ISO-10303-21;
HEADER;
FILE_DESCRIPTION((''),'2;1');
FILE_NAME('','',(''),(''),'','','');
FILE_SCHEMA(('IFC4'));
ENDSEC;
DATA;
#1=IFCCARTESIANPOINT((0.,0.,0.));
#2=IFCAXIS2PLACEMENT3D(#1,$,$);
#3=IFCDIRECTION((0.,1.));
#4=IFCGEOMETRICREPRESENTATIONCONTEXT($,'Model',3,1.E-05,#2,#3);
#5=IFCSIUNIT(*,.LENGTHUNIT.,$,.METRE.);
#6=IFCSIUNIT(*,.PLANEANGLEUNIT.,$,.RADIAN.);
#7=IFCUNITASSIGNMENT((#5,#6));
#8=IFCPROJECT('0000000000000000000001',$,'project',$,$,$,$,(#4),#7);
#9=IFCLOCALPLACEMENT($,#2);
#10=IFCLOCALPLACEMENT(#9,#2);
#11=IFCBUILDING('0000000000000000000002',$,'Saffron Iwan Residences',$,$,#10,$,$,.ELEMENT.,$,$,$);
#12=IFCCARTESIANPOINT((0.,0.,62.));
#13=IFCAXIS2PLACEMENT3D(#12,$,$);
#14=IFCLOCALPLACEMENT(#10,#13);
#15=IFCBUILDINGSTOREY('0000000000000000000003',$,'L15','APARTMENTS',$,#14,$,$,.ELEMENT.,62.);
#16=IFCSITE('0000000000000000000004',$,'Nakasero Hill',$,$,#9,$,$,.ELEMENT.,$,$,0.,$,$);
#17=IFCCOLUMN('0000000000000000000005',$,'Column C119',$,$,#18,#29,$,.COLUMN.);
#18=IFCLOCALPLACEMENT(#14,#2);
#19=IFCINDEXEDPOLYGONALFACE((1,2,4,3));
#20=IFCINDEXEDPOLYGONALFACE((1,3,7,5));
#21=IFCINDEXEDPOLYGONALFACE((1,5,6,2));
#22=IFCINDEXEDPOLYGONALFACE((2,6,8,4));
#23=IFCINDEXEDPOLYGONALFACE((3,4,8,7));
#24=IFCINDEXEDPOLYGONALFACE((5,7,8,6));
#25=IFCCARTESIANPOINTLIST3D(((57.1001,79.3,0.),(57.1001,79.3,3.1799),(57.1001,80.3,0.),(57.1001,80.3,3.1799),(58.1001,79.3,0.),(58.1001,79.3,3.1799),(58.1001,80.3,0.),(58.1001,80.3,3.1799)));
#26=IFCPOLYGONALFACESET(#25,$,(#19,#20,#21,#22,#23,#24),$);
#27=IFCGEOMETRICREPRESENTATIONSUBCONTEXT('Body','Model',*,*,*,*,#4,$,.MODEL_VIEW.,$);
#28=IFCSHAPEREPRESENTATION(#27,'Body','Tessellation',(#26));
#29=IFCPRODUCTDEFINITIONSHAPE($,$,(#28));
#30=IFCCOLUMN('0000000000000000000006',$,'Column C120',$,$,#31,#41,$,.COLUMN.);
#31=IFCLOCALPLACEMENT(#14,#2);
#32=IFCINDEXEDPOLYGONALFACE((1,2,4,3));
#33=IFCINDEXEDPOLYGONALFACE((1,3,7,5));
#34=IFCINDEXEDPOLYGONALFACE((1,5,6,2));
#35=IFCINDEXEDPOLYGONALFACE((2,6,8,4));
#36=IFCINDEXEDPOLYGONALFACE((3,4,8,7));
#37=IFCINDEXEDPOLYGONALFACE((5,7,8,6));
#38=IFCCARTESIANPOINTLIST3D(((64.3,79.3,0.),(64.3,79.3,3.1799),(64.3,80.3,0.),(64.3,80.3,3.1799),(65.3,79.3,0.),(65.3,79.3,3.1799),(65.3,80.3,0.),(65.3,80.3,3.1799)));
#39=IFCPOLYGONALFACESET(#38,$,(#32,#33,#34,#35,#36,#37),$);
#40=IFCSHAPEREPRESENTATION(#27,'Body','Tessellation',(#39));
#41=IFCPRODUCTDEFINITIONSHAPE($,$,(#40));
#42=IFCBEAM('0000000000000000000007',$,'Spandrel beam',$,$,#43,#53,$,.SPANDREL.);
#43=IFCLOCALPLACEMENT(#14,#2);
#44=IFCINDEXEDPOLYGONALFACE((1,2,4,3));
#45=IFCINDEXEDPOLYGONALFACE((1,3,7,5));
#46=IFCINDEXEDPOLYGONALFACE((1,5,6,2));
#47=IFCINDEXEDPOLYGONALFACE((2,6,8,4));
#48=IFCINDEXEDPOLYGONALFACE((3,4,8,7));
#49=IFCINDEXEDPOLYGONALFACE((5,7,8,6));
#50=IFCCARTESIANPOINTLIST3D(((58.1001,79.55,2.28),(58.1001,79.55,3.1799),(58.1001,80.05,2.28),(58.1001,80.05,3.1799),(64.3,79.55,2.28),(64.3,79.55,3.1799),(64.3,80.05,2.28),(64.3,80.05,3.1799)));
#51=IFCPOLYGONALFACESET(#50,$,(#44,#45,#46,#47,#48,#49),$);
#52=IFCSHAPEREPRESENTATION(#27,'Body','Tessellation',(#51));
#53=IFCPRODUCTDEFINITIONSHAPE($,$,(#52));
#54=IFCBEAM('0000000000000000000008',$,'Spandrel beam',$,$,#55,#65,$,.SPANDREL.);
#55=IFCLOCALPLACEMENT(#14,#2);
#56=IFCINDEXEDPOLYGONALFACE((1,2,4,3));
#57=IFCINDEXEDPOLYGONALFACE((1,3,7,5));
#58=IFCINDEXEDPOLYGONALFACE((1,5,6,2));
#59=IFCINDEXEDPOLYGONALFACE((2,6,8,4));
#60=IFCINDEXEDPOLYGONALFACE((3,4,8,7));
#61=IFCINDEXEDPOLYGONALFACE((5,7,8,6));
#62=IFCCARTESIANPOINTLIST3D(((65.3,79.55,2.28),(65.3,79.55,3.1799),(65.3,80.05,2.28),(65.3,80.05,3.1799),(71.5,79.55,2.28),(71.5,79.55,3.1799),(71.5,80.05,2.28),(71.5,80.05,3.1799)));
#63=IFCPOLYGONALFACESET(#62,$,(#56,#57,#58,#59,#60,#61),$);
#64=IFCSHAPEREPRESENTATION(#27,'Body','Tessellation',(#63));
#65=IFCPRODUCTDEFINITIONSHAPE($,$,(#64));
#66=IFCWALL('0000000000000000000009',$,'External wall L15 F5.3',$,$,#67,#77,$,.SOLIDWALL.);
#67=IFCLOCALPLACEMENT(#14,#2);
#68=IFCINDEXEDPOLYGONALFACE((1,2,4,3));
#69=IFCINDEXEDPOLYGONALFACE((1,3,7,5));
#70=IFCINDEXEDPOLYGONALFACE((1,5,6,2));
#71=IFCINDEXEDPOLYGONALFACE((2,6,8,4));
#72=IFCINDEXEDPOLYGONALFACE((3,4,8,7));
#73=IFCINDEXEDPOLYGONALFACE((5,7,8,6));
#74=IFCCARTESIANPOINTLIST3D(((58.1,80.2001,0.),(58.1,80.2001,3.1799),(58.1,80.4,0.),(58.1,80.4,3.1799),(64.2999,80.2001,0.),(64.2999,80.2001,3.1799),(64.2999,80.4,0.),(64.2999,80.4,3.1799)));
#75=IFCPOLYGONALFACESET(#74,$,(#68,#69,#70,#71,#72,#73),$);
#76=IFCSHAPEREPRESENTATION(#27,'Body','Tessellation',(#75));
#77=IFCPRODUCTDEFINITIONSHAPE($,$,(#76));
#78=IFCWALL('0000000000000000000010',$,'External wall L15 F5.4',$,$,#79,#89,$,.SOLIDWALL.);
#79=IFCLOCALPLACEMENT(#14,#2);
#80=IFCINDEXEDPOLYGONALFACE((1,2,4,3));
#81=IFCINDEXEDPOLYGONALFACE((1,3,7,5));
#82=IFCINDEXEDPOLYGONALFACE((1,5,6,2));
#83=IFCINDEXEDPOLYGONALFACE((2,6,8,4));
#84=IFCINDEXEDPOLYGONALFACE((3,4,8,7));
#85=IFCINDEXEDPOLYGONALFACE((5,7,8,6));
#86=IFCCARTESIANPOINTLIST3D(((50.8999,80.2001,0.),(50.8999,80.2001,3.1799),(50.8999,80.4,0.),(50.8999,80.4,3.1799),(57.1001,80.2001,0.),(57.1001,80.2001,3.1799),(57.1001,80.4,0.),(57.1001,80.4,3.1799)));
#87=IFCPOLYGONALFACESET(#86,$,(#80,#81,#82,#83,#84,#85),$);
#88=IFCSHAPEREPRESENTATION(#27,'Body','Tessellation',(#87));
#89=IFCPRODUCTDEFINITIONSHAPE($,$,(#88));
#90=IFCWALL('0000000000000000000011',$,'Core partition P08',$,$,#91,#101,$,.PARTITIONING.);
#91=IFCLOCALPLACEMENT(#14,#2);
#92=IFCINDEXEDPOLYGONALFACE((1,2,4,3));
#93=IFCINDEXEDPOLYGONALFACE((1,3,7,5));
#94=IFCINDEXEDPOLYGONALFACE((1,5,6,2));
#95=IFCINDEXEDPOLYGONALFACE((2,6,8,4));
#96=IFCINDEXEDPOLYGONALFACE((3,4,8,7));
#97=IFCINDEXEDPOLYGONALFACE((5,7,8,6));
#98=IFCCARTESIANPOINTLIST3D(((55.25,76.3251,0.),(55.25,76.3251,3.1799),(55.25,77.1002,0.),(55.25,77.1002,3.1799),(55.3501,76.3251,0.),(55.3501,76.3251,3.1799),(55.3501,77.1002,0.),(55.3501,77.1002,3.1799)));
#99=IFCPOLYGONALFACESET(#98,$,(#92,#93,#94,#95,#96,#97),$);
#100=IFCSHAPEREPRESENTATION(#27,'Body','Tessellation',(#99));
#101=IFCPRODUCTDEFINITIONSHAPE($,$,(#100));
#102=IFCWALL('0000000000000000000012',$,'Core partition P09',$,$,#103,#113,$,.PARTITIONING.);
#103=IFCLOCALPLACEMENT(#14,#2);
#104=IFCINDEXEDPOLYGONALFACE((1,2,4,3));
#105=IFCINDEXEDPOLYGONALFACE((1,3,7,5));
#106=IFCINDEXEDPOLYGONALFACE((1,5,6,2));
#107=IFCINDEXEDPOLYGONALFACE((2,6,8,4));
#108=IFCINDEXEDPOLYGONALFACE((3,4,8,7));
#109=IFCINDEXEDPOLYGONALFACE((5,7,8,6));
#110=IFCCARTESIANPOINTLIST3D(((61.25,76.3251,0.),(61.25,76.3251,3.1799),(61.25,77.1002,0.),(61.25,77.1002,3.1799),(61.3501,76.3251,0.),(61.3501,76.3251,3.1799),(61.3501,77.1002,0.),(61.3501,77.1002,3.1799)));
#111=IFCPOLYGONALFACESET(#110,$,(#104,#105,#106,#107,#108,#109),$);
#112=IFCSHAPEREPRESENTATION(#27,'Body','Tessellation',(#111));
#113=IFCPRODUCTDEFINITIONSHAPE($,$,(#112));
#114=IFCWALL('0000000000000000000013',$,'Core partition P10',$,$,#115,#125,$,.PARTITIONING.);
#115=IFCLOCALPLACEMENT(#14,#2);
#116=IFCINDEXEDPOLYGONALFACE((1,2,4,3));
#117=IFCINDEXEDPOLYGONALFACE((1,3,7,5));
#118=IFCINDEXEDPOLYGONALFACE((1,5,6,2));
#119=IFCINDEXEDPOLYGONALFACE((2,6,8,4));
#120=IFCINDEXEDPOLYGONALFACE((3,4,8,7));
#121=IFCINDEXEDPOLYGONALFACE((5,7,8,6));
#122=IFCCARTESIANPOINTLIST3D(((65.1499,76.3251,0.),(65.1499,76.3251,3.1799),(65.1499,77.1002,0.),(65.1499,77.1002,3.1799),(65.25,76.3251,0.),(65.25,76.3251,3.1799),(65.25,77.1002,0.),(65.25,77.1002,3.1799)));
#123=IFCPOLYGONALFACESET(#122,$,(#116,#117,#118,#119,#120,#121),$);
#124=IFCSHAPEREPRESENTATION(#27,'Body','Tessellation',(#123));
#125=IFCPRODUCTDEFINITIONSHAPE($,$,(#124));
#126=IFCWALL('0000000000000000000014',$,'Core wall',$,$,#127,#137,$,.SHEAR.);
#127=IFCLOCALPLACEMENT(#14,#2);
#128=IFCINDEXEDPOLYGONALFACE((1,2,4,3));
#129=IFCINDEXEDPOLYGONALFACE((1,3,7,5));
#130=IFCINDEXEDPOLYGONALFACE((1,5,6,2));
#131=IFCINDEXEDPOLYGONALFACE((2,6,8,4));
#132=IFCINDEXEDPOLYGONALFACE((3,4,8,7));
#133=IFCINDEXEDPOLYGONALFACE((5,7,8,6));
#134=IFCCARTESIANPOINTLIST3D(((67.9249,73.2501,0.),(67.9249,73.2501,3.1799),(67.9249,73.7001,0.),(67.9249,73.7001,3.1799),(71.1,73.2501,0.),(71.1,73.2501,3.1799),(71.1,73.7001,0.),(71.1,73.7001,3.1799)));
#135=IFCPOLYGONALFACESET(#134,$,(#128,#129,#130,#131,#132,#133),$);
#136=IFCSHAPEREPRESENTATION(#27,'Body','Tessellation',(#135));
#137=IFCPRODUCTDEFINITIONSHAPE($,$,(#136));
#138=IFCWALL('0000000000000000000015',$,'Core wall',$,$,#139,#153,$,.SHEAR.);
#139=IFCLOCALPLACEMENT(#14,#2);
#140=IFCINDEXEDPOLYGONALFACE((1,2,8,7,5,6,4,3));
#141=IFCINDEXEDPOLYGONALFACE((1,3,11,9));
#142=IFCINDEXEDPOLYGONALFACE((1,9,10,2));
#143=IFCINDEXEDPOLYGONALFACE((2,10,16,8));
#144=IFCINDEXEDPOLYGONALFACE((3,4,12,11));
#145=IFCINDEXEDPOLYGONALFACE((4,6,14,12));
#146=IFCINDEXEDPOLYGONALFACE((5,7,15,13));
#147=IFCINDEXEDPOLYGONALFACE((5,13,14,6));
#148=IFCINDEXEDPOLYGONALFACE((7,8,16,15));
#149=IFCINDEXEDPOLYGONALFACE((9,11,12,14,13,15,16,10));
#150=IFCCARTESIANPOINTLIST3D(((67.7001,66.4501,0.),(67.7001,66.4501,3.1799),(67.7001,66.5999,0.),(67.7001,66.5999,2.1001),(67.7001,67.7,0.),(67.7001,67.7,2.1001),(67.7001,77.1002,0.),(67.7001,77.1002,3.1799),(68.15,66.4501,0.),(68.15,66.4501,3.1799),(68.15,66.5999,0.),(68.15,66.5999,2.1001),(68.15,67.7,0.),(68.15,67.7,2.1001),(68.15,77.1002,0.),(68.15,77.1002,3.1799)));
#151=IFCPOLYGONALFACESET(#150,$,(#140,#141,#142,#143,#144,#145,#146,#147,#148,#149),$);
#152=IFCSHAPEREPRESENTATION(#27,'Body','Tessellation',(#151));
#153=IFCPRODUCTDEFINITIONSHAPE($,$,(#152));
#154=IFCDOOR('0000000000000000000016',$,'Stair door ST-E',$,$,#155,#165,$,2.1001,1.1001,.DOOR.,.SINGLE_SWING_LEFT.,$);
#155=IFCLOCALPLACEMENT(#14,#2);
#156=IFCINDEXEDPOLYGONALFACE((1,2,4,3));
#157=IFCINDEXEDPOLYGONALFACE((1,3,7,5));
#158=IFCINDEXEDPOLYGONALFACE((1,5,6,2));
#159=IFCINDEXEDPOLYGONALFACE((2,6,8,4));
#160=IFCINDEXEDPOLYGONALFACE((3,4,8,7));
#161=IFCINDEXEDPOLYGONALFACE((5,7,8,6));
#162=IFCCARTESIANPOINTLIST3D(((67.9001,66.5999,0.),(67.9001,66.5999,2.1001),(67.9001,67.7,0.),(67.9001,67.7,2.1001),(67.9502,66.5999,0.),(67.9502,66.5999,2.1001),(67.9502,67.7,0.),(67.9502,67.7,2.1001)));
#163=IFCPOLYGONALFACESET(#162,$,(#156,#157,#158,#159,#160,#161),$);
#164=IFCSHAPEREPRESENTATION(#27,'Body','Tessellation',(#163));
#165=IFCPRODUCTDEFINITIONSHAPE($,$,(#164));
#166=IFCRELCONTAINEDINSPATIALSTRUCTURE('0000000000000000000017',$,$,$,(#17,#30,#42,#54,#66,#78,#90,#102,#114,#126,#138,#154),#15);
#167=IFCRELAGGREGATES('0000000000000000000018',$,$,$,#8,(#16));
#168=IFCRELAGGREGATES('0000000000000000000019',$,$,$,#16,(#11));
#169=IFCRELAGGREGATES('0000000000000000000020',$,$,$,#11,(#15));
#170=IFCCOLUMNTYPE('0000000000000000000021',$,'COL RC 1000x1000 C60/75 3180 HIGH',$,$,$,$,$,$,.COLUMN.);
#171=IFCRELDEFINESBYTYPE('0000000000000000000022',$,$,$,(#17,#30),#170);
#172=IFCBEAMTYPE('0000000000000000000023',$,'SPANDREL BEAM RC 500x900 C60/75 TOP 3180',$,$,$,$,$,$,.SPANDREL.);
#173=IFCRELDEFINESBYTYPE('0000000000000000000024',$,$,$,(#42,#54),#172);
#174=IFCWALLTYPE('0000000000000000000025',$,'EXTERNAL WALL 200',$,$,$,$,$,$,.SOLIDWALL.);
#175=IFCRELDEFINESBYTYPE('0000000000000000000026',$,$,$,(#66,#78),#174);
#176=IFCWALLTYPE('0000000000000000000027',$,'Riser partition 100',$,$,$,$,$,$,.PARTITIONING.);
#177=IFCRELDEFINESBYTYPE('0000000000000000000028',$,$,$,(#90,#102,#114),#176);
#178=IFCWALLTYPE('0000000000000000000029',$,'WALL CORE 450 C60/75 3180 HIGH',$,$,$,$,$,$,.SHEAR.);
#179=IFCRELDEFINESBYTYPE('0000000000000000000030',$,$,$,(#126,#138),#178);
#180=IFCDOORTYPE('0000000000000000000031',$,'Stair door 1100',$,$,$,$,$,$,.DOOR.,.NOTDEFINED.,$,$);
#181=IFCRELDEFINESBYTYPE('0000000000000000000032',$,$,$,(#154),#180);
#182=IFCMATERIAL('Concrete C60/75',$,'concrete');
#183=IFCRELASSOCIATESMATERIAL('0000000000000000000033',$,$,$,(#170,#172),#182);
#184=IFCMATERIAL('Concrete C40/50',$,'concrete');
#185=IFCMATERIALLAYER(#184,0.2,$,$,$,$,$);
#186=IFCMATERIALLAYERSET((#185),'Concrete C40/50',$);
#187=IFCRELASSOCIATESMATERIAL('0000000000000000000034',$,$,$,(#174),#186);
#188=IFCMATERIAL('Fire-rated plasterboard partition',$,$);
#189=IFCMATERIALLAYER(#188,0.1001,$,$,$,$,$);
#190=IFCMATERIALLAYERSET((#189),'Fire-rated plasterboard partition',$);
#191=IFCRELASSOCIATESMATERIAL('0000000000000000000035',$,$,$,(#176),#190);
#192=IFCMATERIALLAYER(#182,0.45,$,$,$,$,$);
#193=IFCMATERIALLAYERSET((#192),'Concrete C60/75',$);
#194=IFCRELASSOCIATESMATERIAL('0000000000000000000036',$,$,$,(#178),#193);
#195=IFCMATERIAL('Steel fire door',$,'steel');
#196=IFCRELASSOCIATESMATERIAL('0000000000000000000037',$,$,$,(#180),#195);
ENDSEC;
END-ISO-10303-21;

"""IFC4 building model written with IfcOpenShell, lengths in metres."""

from ifc_helpers import new_model, si_unit, direction, frame, frame_2d, origin, origin_2d, place, context, subcontext, project, spatial, rectangle, extrude, source, transform, mapped, material, layer, layer_set, material_profile, profile_set, type_object, element, fill, save


model = new_model("IFC4")

# Units and contexts
model_context = context("Model", 3, precision=1e-05, world=origin(), true_north=direction((0.0, 1.0)))
body_context = subcontext(model_context, "Body", "Model", "MODEL_VIEW")
ifc_project = project(units=[si_unit("LENGTHUNIT", "METRE"), si_unit("PLANEANGLEUNIT", "RADIAN")], contexts=[model_context])

# Site, building, storey
site_placement = place(None, origin())
site = spatial("IfcSite", under=ifc_project, at=site_placement, Name="Nakasero Hill", CompositionType="ELEMENT", RefElevation=0.0)
building_placement = place(site_placement, origin())
building = spatial("IfcBuilding", under=site, at=building_placement, Name="Saffron Iwan Residences", CompositionType="ELEMENT")
storey_placement = place(building_placement, frame((0.0, 0.0, 62.0)))
storey = spatial("IfcBuildingStorey", under=building, at=storey_placement, Name="L15", Description="APARTMENTS", CompositionType="ELEMENT", Elevation=62.0)

# Columns
ifc_material_1 = material(Name="Concrete C60/75", Category="concrete")
ifc_material_profile_1 = material_profile(ifc_material_1, rectangle(XDim=1.0, YDim=1.0, at=origin_2d()), Name="RC 1000x1000")
ifc_profile_set_1 = profile_set([ifc_material_profile_1], Name="Concrete C60/75")
column_type = type_object("IfcColumnType", Name="COL RC 1000x1000 C60/75 3180 HIGH", PredefinedType="COLUMN", material=ifc_profile_set_1)
shared_shape_1 = source(origin(), body_context, "Body", "SweptSolid", [
    extrude(rectangle(XDim=1.0, YDim=1.0, at=origin_2d()), origin(), (0.0, 0.0, 1.0), 3.1799),
])
for number, where, z_axis, x_axis, name in (
    (1, (57.6001, 79.8, 0.0), (0.0, 0.0, 1.0), (1.0, 0.0, 0.0), "Column C119"),
    (2, (64.8, 79.8, 0.0), (0.0, 0.0, 1.0), (1.0, 0.0, 0.0), "Column C120"),
):
    element("IfcColumn", number, at=place(storey_placement, frame(where, z_axis=z_axis, x_axis=x_axis)), inside=storey, type_object=column_type, Name=name, PredefinedType="COLUMN", context=body_context, shape_type="MappedRepresentation", body=[
        mapped(shared_shape_1, transform((0.0, 0.0, 0.0))),
    ])

# Beams
ifc_material_profile_2 = material_profile(ifc_material_1, rectangle(XDim=0.5, YDim=0.8999, at=origin_2d()), Name="RC 500x900")
ifc_profile_set_2 = profile_set([ifc_material_profile_2], Name="Concrete C60/75")
beam_type = type_object("IfcBeamType", Name="SPANDREL BEAM RC 500x900 C60/75 TOP 3180", PredefinedType="SPANDREL", material=ifc_profile_set_2)
shared_shape_2 = source(origin(), body_context, "Body", "SweptSolid", [
    extrude(rectangle(XDim=0.5, YDim=0.8999, at=origin_2d()), origin(), (0.0, 0.0, 1.0), 6.2),
])
for number, where, z_axis, x_axis, name in (
    (3, (58.1001, 79.8, 2.73), (1.0, 0.0, 0.0), (0.0, 1.0, 0.0), "Spandrel beam"),
    (4, (65.3, 79.8, 2.73), (1.0, 0.0, 0.0), (0.0, 1.0, 0.0), "Spandrel beam"),
):
    element("IfcBeam", number, at=place(storey_placement, frame(where, z_axis=z_axis, x_axis=x_axis)), inside=storey, type_object=beam_type, Name=name, PredefinedType="SPANDREL", context=body_context, shape_type="MappedRepresentation", body=[
        mapped(shared_shape_2, transform((0.0, 0.0, 0.0))),
    ])

# Walls
ifc_material_2 = material(Name="Concrete C40/50", Category="concrete")
ifc_layer_1 = layer(ifc_material_2, 0.2)
ifc_layer_set_1 = layer_set([ifc_layer_1], Name="Concrete C40/50")
wall_type_1 = type_object("IfcWallType", Name="EXTERNAL WALL 200", PredefinedType="SOLIDWALL", material=ifc_layer_set_1)
wall_1_placement = place(storey_placement, frame((64.3, 80.3, 0.0), z_axis=(0.0, 0.0, 1.0), x_axis=(-1.0, 0.0, 0.0)))
element("IfcWall", 5, at=wall_1_placement, inside=storey, type_object=wall_type_1, Name="External wall L15 F5.3", PredefinedType="SOLIDWALL", context=body_context, shape_type="SweptSolid", body=[
    extrude(rectangle(XDim=6.2, YDim=0.2, at=frame_2d((3.1001, 0.0))), origin(), (0.0, 0.0, 1.0), 3.1799),
])
wall_2_placement = place(storey_placement, frame((57.1001, 80.3, 0.0), z_axis=(0.0, 0.0, 1.0), x_axis=(-1.0, 0.0, 0.0)))
element("IfcWall", 6, at=wall_2_placement, inside=storey, type_object=wall_type_1, Name="External wall L15 F5.4", PredefinedType="SOLIDWALL", context=body_context, shape_type="SweptSolid", body=[
    extrude(rectangle(XDim=6.2002, YDim=0.2, at=frame_2d((3.1001, 0.0))), origin(), (0.0, 0.0, 1.0), 3.1799),
])
ifc_material_3 = material(Name="Fire-rated plasterboard partition")
ifc_layer_2 = layer(ifc_material_3, 0.1001)
ifc_layer_set_2 = layer_set([ifc_layer_2], Name="Fire-rated plasterboard partition")
wall_type_2 = type_object("IfcWallType", Name="Riser partition 100", PredefinedType="PARTITIONING", material=ifc_layer_set_2)
for number, where, z_axis, x_axis, name in (
    (7, (55.3, 76.325, 0.0), (0.0, 0.0, 1.0), (0.0, 1.0, 0.0), "Core partition P08"),
    (8, (61.3, 76.325, 0.0), (0.0, 0.0, 1.0), (0.0, 1.0, 0.0), "Core partition P09"),
    (9, (65.2, 76.325, 0.0), (0.0, 0.0, 1.0), (0.0, 1.0, 0.0), "Core partition P10"),
):
    element("IfcWall", number, at=place(storey_placement, frame(where, z_axis=z_axis, x_axis=x_axis)), inside=storey, type_object=wall_type_2, Name=name, PredefinedType="PARTITIONING", context=body_context, shape_type="SweptSolid", body=[
        extrude(rectangle(XDim=0.7751, YDim=0.1001, at=frame_2d((0.3877, 0.0))), origin(), (0.0, 0.0, 1.0), 3.1799),
    ])
ifc_layer_3 = layer(ifc_material_1, 0.45)
ifc_layer_set_3 = layer_set([ifc_layer_3], Name="Concrete C60/75")
wall_type_3 = type_object("IfcWallType", Name="WALL CORE 450 C60/75 3180 HIGH", PredefinedType="SHEAR", material=ifc_layer_set_3)
wall_3_placement = place(storey_placement, frame((67.925, 73.4751, 0.0), z_axis=(0.0, 0.0, 1.0), x_axis=(1.0, 0.0, 0.0)))
element("IfcWall", 10, at=wall_3_placement, inside=storey, type_object=wall_type_3, Name="Core wall", PredefinedType="SHEAR", context=body_context, shape_type="SweptSolid", body=[
    extrude(rectangle(XDim=3.175, YDim=0.45, at=frame_2d((1.5874, 0.0))), origin(), (0.0, 0.0, 1.0), 3.1799),
])

# Wall, opening, door
wall_4_placement = place(storey_placement, frame((67.925, 66.45, 0.0), z_axis=(0.0, 0.0, 1.0), x_axis=(0.0, 1.0, 0.0)))
wall_4 = element("IfcWall", 11, at=wall_4_placement, inside=storey, type_object=wall_type_3, Name="Core wall", PredefinedType="SHEAR", context=body_context, shape_type="SweptSolid", body=[
    extrude(rectangle(XDim=10.6501, YDim=0.45, at=frame_2d((5.3252, 0.0))), origin(), (0.0, 0.0, 1.0), 3.1799),
])
opening_1_placement = place(wall_4_placement, frame((0.1499, 0.0, 0.0)))
opening_1 = element("IfcOpeningElement", 12, at=opening_1_placement, cuts=wall_4, PredefinedType="OPENING", context=body_context, shape_type="SweptSolid", body=[
    extrude(rectangle(XDim=1.1001, YDim=2.1001, at=frame_2d((0.55, 1.05))), frame((0.0, 0.2349, 0.0), z_axis=(0.0, -1.0, 0.0), x_axis=(1.0, 0.0, 0.0)), (0.0, 0.0, 1.0), 0.47),
])
ifc_material_4 = material(Name="Steel fire door", Category="steel")
door_type_1 = type_object("IfcDoorType", Name="Stair door 1100", OperationType="NOTDEFINED", PredefinedType="DOOR", material=ifc_material_4)
door_1_placement = place(opening_1_placement, origin())
door_1 = element("IfcDoor", 13, at=door_1_placement, inside=storey, type_object=door_type_1, Name="Stair door ST-E", OperationType="SINGLE_SWING_LEFT", OverallHeight=2.1001, OverallWidth=1.1001, PredefinedType="DOOR", context=body_context, shape_type="SweptSolid", body=[
    extrude(rectangle(XDim=1.1001, YDim=2.1001, at=frame_2d((0.55, 1.05))), frame((0.0, 0.0249, 0.0), z_axis=(0.0, -1.0, 0.0), x_axis=(1.0, 0.0, 0.0)), (0.0, 0.0, 1.0), 0.05),
])
fill(opening_1, door_1)

save(model, "model.ifc")
